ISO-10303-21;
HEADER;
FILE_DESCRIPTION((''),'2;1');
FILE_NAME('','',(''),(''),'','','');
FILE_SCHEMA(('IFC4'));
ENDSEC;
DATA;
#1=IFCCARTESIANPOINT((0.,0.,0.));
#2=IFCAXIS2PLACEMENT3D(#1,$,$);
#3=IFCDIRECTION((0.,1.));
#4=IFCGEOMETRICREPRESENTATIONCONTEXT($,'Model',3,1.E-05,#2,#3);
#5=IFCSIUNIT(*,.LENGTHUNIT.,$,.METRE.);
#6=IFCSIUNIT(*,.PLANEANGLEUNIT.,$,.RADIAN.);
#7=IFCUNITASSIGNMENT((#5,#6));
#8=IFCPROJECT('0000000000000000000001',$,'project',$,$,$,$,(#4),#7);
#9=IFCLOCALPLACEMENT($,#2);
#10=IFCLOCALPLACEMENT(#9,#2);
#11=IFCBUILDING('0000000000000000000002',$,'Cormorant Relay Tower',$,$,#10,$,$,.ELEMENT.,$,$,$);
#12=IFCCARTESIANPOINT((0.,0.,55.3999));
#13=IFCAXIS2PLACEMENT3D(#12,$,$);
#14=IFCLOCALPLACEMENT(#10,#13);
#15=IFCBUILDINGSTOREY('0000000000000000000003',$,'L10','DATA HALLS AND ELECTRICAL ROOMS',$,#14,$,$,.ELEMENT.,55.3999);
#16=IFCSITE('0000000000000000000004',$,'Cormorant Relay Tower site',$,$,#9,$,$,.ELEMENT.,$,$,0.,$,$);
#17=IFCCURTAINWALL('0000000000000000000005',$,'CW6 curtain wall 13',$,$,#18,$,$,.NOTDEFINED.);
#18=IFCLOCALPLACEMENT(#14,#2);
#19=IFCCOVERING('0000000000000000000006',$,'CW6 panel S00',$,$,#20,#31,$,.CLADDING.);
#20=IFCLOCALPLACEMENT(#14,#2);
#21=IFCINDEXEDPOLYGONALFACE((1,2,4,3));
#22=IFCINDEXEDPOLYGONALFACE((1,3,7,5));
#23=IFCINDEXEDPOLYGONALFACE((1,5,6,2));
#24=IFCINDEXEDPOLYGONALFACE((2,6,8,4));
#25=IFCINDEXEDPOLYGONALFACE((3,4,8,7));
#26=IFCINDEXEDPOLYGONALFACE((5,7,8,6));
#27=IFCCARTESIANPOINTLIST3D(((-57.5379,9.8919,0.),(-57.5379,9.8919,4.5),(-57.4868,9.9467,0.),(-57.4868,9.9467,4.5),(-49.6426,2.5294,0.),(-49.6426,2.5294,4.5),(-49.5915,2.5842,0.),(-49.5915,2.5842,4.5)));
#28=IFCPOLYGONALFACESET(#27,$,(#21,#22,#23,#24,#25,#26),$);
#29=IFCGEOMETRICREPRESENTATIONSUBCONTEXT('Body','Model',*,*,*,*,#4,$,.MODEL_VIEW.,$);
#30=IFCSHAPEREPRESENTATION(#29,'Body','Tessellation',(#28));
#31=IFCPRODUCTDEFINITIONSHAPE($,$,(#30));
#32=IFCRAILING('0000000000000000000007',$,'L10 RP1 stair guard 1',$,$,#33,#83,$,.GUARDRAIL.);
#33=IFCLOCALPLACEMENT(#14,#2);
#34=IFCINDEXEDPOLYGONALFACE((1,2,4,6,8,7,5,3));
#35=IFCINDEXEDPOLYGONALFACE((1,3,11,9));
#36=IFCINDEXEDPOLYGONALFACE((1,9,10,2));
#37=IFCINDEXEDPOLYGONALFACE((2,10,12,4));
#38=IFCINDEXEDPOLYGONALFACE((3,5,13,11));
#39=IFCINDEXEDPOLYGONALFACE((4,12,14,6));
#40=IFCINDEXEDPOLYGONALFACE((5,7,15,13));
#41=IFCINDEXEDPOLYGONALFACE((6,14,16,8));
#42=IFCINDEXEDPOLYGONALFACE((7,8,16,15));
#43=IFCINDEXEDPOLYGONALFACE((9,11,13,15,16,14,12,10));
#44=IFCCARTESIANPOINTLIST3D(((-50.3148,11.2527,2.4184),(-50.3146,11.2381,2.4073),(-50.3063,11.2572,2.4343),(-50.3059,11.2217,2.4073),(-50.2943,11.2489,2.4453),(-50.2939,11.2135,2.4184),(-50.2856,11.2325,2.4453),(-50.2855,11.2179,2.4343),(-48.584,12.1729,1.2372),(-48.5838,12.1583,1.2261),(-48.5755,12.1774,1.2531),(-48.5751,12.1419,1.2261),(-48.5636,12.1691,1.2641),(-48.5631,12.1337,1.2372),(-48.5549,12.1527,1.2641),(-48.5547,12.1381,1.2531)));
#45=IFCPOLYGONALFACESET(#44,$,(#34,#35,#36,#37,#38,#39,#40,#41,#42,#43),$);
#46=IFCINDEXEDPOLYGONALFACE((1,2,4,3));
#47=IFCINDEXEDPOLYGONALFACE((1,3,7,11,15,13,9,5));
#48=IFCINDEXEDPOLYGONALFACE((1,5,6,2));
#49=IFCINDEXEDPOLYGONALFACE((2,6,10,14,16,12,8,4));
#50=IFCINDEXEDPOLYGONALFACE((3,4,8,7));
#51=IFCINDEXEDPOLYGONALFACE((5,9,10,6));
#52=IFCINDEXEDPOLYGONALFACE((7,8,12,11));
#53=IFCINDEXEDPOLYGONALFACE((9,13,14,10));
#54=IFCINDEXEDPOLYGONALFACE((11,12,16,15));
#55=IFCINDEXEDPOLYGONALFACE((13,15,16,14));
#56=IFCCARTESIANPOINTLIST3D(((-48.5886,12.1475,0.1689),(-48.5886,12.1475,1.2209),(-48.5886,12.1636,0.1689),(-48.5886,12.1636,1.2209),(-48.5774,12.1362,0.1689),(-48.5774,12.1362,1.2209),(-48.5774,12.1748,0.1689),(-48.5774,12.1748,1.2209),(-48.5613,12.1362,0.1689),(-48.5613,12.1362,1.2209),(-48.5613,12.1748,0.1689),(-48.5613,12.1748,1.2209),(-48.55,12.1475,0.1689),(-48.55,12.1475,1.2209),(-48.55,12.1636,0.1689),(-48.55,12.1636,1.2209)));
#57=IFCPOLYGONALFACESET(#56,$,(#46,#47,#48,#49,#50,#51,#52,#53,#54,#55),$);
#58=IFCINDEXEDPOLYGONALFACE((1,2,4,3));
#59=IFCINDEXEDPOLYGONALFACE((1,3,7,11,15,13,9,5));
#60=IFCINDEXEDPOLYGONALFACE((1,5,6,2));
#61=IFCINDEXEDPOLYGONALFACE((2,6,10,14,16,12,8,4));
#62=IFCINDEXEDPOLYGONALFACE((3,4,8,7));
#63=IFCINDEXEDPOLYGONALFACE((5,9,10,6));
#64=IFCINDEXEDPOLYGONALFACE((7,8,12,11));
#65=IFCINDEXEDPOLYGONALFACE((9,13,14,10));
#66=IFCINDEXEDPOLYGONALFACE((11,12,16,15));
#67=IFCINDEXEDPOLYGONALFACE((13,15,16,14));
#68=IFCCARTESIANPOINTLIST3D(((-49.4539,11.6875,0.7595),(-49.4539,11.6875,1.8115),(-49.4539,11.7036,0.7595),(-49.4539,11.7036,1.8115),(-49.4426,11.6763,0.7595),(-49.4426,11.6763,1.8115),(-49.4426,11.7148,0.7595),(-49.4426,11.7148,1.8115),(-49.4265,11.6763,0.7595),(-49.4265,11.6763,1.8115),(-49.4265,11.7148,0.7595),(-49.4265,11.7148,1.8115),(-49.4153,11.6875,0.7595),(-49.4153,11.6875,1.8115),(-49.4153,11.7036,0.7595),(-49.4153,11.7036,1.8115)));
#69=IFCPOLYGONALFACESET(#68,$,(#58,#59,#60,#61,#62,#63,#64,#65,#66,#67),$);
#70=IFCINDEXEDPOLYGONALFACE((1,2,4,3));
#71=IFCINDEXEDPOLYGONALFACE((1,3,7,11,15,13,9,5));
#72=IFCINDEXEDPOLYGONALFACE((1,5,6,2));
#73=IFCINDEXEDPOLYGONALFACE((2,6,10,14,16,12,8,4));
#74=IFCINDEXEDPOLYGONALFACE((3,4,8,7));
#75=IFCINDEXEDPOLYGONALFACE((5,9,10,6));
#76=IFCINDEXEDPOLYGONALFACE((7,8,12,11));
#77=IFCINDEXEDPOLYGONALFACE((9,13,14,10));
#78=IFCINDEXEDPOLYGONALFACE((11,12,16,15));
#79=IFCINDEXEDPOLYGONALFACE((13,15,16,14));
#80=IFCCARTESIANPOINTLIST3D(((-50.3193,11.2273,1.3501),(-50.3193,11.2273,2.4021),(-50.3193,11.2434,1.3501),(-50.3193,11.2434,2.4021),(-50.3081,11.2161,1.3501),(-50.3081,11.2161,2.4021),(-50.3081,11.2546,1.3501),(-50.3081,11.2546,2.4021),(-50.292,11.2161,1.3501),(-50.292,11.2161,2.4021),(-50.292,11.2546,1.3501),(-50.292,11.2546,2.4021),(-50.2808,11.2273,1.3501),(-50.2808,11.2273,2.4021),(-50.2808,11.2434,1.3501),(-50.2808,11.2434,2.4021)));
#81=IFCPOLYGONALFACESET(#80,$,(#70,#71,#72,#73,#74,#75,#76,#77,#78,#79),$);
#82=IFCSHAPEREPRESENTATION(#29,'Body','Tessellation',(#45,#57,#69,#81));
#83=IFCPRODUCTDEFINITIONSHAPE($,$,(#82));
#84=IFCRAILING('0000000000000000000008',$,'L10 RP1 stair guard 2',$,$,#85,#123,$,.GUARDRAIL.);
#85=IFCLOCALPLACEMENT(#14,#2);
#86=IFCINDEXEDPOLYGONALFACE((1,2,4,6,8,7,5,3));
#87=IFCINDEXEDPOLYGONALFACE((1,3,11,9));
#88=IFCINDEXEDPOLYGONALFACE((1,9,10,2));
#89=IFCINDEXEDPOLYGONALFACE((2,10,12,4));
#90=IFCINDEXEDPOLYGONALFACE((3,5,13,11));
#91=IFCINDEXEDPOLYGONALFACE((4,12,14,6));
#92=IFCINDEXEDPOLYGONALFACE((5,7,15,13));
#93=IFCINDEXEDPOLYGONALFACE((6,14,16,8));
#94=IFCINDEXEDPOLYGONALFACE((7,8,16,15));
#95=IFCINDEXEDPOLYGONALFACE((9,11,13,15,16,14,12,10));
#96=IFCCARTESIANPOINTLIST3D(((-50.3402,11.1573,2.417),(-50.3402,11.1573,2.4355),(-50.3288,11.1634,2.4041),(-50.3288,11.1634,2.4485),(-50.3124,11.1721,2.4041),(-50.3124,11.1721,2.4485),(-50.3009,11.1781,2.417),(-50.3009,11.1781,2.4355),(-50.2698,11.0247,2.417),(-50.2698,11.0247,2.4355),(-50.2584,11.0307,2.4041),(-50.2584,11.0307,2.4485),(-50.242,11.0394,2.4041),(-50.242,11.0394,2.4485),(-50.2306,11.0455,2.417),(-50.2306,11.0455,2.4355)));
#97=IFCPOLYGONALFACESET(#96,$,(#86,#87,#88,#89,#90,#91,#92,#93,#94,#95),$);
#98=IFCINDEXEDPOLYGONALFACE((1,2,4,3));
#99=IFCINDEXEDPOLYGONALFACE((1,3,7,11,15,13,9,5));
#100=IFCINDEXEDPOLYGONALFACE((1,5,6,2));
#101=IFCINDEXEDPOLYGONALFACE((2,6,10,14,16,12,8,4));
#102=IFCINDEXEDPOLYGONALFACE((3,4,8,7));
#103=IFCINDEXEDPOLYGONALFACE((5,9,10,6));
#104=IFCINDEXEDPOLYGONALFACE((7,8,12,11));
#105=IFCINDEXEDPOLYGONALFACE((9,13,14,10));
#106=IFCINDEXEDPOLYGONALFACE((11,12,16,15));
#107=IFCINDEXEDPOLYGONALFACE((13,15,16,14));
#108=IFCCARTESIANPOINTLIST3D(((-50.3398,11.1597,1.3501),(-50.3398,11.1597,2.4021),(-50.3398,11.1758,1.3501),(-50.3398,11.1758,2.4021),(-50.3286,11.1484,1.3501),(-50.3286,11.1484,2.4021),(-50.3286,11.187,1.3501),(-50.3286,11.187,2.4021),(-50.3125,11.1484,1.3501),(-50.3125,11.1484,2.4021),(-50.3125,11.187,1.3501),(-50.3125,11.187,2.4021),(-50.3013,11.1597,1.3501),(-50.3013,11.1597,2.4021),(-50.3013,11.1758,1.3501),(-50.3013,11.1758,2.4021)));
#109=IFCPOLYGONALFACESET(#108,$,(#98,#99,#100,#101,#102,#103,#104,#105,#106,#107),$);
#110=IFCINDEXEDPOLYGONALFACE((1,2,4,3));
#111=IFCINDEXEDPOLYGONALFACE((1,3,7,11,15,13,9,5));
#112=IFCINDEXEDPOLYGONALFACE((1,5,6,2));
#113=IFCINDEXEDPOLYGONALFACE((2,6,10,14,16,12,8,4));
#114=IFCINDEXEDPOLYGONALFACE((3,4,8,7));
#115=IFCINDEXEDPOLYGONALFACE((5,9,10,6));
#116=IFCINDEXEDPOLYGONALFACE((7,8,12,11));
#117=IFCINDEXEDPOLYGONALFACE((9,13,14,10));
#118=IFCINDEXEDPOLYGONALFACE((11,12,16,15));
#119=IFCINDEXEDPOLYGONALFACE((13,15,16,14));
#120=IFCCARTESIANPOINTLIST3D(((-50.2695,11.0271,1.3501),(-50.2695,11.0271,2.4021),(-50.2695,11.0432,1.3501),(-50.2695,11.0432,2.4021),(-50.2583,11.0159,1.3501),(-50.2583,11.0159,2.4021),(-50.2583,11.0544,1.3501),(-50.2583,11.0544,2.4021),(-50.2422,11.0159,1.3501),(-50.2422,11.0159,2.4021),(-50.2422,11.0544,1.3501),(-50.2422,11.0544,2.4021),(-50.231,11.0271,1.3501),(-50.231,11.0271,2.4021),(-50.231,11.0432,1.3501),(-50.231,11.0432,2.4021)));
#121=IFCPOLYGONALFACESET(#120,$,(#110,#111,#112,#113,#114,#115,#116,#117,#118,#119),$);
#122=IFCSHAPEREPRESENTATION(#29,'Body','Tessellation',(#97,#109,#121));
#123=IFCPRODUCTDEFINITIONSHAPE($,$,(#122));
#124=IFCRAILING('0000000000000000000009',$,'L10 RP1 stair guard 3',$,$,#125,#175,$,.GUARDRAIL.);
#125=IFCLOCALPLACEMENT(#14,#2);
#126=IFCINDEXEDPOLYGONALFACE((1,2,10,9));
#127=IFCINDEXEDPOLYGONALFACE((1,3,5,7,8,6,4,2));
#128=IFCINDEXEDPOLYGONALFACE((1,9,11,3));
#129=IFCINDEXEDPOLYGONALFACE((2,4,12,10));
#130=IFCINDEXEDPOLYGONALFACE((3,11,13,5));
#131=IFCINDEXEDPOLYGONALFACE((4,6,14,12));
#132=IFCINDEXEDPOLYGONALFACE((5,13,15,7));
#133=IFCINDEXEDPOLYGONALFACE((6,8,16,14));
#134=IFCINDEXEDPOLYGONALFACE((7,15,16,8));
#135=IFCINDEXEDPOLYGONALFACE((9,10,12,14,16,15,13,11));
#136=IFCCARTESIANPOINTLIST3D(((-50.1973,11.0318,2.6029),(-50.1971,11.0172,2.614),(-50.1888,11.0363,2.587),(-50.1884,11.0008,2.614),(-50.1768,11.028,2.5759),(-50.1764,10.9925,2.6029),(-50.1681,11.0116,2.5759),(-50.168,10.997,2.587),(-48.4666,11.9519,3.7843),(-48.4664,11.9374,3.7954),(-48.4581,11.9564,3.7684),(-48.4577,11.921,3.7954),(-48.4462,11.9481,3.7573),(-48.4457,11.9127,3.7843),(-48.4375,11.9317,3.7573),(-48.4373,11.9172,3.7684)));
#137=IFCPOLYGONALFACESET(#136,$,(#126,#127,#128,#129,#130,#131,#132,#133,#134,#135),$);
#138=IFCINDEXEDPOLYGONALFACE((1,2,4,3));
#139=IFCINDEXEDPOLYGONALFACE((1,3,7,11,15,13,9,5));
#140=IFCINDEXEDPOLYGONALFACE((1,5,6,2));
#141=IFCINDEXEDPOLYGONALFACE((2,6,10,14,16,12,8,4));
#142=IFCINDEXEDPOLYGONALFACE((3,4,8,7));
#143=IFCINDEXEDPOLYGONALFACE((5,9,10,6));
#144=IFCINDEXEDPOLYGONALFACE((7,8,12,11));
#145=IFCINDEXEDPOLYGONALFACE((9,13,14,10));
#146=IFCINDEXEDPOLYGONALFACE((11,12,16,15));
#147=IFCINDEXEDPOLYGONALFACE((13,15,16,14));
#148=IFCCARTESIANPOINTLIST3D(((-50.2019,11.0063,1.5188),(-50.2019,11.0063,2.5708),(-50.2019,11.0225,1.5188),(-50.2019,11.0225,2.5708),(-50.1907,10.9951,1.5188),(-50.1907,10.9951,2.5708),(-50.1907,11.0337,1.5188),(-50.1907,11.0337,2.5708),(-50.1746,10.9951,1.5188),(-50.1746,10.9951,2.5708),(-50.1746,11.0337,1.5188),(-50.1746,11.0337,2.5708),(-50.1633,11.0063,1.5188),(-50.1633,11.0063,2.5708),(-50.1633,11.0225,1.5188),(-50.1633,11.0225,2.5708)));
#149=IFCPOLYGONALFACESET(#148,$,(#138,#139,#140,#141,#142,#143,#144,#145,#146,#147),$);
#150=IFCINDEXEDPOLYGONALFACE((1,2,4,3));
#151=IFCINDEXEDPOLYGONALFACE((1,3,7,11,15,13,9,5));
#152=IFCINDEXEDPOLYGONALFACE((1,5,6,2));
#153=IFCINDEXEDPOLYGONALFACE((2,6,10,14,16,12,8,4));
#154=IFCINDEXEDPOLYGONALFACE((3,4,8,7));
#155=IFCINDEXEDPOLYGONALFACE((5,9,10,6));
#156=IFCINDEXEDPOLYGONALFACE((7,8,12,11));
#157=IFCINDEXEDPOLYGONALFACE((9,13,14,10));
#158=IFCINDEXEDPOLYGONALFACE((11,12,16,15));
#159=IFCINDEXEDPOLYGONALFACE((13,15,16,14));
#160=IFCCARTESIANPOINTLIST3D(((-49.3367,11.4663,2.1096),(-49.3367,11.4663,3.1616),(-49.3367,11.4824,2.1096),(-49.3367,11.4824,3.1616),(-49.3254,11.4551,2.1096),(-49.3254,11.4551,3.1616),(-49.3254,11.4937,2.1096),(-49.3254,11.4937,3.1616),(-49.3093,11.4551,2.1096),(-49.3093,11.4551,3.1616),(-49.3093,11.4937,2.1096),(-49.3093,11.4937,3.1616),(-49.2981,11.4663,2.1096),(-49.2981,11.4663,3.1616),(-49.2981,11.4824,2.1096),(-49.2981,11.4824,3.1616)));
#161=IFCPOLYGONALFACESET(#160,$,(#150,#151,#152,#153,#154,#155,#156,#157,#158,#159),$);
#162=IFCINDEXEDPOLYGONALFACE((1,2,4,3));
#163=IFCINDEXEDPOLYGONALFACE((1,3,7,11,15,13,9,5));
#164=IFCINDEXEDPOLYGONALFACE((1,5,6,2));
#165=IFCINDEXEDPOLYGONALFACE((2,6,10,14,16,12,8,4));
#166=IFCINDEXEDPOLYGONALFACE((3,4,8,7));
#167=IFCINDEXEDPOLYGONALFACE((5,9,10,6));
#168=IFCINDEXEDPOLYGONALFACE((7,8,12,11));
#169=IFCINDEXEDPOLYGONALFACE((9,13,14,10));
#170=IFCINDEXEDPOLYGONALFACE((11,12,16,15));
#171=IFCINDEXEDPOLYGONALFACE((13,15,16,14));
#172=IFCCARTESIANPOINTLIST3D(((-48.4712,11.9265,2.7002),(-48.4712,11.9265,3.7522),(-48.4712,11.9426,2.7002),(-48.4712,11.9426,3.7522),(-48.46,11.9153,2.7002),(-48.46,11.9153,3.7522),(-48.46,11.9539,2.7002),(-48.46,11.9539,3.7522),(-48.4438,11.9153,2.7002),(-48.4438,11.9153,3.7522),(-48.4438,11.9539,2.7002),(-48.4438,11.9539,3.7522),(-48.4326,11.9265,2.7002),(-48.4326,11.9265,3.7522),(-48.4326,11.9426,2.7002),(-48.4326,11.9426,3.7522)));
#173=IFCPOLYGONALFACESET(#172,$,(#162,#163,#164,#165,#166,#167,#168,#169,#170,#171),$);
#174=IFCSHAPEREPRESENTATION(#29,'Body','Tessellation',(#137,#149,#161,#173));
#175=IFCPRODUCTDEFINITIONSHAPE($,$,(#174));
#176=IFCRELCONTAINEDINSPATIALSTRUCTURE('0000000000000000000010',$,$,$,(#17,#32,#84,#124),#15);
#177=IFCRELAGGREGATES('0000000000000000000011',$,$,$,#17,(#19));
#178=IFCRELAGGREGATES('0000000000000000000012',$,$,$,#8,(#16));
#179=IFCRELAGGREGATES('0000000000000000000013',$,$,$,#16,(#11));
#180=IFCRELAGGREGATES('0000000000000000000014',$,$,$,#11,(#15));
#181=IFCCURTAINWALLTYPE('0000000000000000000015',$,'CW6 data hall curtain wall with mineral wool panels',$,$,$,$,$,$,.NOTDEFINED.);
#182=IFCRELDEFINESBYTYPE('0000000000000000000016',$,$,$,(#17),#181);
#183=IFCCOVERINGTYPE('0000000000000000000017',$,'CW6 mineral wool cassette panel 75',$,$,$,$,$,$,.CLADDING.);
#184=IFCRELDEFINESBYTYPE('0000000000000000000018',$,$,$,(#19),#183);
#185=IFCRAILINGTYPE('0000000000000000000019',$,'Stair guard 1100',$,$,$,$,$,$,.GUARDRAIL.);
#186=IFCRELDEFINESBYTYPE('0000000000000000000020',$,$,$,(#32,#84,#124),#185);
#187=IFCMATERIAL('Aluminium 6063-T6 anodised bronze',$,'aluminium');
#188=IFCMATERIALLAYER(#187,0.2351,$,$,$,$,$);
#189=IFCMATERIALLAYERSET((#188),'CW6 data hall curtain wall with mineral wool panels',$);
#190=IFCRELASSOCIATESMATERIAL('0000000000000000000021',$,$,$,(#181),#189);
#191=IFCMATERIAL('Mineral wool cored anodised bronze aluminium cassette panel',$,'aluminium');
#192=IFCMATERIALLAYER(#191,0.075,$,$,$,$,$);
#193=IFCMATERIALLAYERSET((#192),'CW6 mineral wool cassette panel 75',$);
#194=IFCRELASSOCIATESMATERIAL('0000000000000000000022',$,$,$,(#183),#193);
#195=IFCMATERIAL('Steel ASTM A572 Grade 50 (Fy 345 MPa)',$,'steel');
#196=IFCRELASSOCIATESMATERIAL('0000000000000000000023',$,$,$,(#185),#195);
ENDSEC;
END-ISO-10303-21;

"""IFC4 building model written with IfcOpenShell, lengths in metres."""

from ifc_helpers import new_model, si_unit, direction, frame, origin, origin_2d, place, context, subcontext, project, spatial, polyline, rectangle, outline, extrude, material, layer, layer_set, type_object, element, aggregate, save


model = new_model("IFC4")

# Units and contexts
model_context = context("Model", 3, precision=1e-05, world=origin(), true_north=direction((0.0, 1.0)))
body_context = subcontext(model_context, "Body", "Model", "MODEL_VIEW")
ifc_project = project(units=[si_unit("LENGTHUNIT", "METRE"), si_unit("PLANEANGLEUNIT", "RADIAN")], contexts=[model_context])

# Site, building, storey
site_placement = place(None, origin())
site = spatial("IfcSite", under=ifc_project, at=site_placement, Name="Cormorant Relay Tower site", CompositionType="ELEMENT", RefElevation=0.0)
building_placement = place(site_placement, origin())
building = spatial("IfcBuilding", under=site, at=building_placement, Name="Cormorant Relay Tower", CompositionType="ELEMENT")
storey_placement = place(building_placement, frame((0.0, 0.0, 55.3999)))
storey = spatial("IfcBuildingStorey", under=building, at=storey_placement, Name="L10", Description="DATA HALLS AND ELECTRICAL ROOMS", CompositionType="ELEMENT", Elevation=55.3999)

# Curtain wall
ifc_material_1 = material(Name="Aluminium 6063-T6 anodised bronze", Category="aluminium")
ifc_layer_1 = layer(ifc_material_1, 0.2351)
ifc_layer_set_1 = layer_set([ifc_layer_1], Name="CW6 data hall curtain wall with mineral wool panels")
curtain_wall_type = type_object("IfcCurtainWallType", Name="CW6 data hall curtain wall with mineral wool panels", PredefinedType="NOTDEFINED", material=ifc_layer_set_1)
curtain_wall_1_placement = place(storey_placement, origin())
curtain_wall_1 = element("IfcCurtainWall", 1, at=curtain_wall_1_placement, inside=storey, type_object=curtain_wall_type, Name="CW6 curtain wall 13", PredefinedType="NOTDEFINED")

# Covering
ifc_material_2 = material(Name="Mineral wool cored anodised bronze aluminium cassette panel", Category="aluminium")
ifc_layer_2 = layer(ifc_material_2, 0.075)
ifc_layer_set_2 = layer_set([ifc_layer_2], Name="CW6 mineral wool cassette panel 75")
covering_type = type_object("IfcCoveringType", Name="CW6 mineral wool cassette panel 75", PredefinedType="CLADDING", material=ifc_layer_set_2)
covering_1_placement = place(storey_placement, frame((-53.5647, 6.238, 0.0), z_axis=(0.0, 0.0, 1.0), x_axis=(0.731354, -0.681998, 0.0)))
covering_1 = element("IfcCovering", 2, at=covering_1_placement, type_object=covering_type, Name="CW6 panel S00", PredefinedType="CLADDING", context=body_context, shape_type="SweptSolid", body=[
    extrude(rectangle(XDim=10.7954, YDim=0.075, at=origin_2d()), origin(), (0.0, 0.0, 1.0), 4.5),
])
aggregate(curtain_wall_1, [covering_1])

# Railings
ifc_material_3 = material(Name="Steel ASTM A572 Grade 50 (Fy 345 MPa)", Category="steel")
railing_type_1 = type_object("IfcRailingType", Name="Stair guard 1100", PredefinedType="GUARDRAIL", material=ifc_material_3)
railing_1_placement = place(storey_placement, frame((-48.5693, 12.1555, 0.1689)))
element("IfcRailing", 3, at=railing_1_placement, inside=storey, type_object=railing_type_1, Name="L10 RP1 stair guard 1", PredefinedType="GUARDRAIL", context=body_context, shape_type="SweptSolid", body=[
    extrude(outline(polyline([(0.0222, 0.0093), (0.0093, 0.0222), (-0.0093, 0.0222), (-0.0222, 0.0093), (-0.0222, -0.0093), (-0.0093, -0.0222), (0.0093, -0.0222), (0.0222, -0.0093), (0.0222, 0.0093)])), frame((0.0, 0.0, 1.0762), z_axis=(-0.756268, -0.402084, 0.516127), x_axis=(0.469444, -0.882962, 0.0)), (0.0, 0.0, 1.0), 2.2886),
    extrude(outline(polyline([(0.0193, 0.0081), (0.0081, 0.0193), (-0.0081, 0.0193), (-0.0193, 0.0081), (-0.0193, -0.0081), (-0.0081, -0.0193), (0.0081, -0.0193), (0.0193, -0.0081), (0.0193, 0.0081)])), origin(), (0.0, 0.0, 1.0), 1.052),
    extrude(outline(polyline([(0.0193, 0.0081), (0.0081, 0.0193), (-0.0081, 0.0193), (-0.0193, 0.0081), (-0.0193, -0.0081), (-0.0081, -0.0193), (0.0081, -0.0193), (0.0193, -0.0081), (0.0193, 0.0081)])), frame((-0.8652, -0.46, 0.5906)), (0.0, 0.0, 1.0), 1.052),
    extrude(outline(polyline([(0.0193, 0.0081), (0.0081, 0.0193), (-0.0081, 0.0193), (-0.0193, 0.0081), (-0.0193, -0.0081), (-0.0081, -0.0193), (0.0081, -0.0193), (0.0193, -0.0081), (0.0193, 0.0081)])), frame((-1.7307, -0.9202, 1.1812)), (0.0, 0.0, 1.0), 1.052),
])
railing_2_placement = place(storey_placement, frame((-50.3206, 11.1677, 1.3501)))
element("IfcRailing", 4, at=railing_2_placement, inside=storey, type_object=railing_type_1, Name="L10 RP1 stair guard 2", PredefinedType="GUARDRAIL", context=body_context, shape_type="SweptSolid", body=[
    extrude(outline(polyline([(0.0222, 0.0093), (0.0093, 0.0222), (-0.0093, 0.0222), (-0.0222, 0.0093), (-0.0222, -0.0093), (-0.0093, -0.0222), (0.0093, -0.0222), (0.0222, -0.0093), (0.0222, 0.0093)])), frame((0.0, 0.0, 1.0762), z_axis=(0.46856, -0.883431, 0.0), x_axis=(0.883431, 0.46856, 0.0)), (0.0, 0.0, 1.0), 0.1501),
    extrude(outline(polyline([(0.0193, 0.0081), (0.0081, 0.0193), (-0.0081, 0.0193), (-0.0193, 0.0081), (-0.0193, -0.0081), (-0.0081, -0.0193), (0.0081, -0.0193), (0.0193, -0.0081), (0.0193, 0.0081)])), origin(), (0.0, 0.0, 1.0), 1.052),
    extrude(outline(polyline([(0.0193, 0.0081), (0.0081, 0.0193), (-0.0081, 0.0193), (-0.0193, 0.0081), (-0.0193, -0.0081), (-0.0081, -0.0193), (0.0081, -0.0193), (0.0193, -0.0081), (0.0193, 0.0081)])), frame((0.0703, -0.1326, 0.0)), (0.0, 0.0, 1.0), 1.052),
])
railing_3_placement = place(storey_placement, frame((-50.1826, 11.0144, 1.5188)))
element("IfcRailing", 5, at=railing_3_placement, inside=storey, type_object=railing_type_1, Name="L10 RP1 stair guard 3", PredefinedType="GUARDRAIL", context=body_context, shape_type="SweptSolid", body=[
    extrude(outline(polyline([(0.0222, 0.0093), (0.0093, 0.0222), (-0.0093, 0.0222), (-0.0222, 0.0093), (-0.0222, -0.0093), (-0.0093, -0.0222), (0.0093, -0.0222), (0.0222, -0.0093), (0.0222, 0.0093)])), frame((0.0, 0.0, 1.0762), z_axis=(0.756226, 0.402062, 0.516205), x_axis=(-0.469444, 0.882962, 0.0)), (0.0, 0.0, 1.0), 2.2886),
    extrude(outline(polyline([(0.0193, 0.0081), (0.0081, 0.0193), (-0.0081, 0.0193), (-0.0193, 0.0081), (-0.0193, -0.0081), (-0.0081, -0.0193), (0.0081, -0.0193), (0.0193, -0.0081), (0.0193, 0.0081)])), origin(), (0.0, 0.0, 1.0), 1.052),
    extrude(outline(polyline([(0.0193, 0.0081), (0.0081, 0.0193), (-0.0081, 0.0193), (-0.0193, 0.0081), (-0.0193, -0.0081), (-0.0081, -0.0193), (0.0081, -0.0193), (0.0193, -0.0081), (0.0193, 0.0081)])), frame((0.8652, 0.46, 0.5908)), (0.0, 0.0, 1.0), 1.052),
    extrude(outline(polyline([(0.0193, 0.0081), (0.0081, 0.0193), (-0.0081, 0.0193), (-0.0193, 0.0081), (-0.0193, -0.0081), (-0.0081, -0.0193), (0.0081, -0.0193), (0.0193, -0.0081), (0.0193, 0.0081)])), frame((1.7307, 0.9202, 1.1814)), (0.0, 0.0, 1.0), 1.052),
])

save(model, "model.ifc")
